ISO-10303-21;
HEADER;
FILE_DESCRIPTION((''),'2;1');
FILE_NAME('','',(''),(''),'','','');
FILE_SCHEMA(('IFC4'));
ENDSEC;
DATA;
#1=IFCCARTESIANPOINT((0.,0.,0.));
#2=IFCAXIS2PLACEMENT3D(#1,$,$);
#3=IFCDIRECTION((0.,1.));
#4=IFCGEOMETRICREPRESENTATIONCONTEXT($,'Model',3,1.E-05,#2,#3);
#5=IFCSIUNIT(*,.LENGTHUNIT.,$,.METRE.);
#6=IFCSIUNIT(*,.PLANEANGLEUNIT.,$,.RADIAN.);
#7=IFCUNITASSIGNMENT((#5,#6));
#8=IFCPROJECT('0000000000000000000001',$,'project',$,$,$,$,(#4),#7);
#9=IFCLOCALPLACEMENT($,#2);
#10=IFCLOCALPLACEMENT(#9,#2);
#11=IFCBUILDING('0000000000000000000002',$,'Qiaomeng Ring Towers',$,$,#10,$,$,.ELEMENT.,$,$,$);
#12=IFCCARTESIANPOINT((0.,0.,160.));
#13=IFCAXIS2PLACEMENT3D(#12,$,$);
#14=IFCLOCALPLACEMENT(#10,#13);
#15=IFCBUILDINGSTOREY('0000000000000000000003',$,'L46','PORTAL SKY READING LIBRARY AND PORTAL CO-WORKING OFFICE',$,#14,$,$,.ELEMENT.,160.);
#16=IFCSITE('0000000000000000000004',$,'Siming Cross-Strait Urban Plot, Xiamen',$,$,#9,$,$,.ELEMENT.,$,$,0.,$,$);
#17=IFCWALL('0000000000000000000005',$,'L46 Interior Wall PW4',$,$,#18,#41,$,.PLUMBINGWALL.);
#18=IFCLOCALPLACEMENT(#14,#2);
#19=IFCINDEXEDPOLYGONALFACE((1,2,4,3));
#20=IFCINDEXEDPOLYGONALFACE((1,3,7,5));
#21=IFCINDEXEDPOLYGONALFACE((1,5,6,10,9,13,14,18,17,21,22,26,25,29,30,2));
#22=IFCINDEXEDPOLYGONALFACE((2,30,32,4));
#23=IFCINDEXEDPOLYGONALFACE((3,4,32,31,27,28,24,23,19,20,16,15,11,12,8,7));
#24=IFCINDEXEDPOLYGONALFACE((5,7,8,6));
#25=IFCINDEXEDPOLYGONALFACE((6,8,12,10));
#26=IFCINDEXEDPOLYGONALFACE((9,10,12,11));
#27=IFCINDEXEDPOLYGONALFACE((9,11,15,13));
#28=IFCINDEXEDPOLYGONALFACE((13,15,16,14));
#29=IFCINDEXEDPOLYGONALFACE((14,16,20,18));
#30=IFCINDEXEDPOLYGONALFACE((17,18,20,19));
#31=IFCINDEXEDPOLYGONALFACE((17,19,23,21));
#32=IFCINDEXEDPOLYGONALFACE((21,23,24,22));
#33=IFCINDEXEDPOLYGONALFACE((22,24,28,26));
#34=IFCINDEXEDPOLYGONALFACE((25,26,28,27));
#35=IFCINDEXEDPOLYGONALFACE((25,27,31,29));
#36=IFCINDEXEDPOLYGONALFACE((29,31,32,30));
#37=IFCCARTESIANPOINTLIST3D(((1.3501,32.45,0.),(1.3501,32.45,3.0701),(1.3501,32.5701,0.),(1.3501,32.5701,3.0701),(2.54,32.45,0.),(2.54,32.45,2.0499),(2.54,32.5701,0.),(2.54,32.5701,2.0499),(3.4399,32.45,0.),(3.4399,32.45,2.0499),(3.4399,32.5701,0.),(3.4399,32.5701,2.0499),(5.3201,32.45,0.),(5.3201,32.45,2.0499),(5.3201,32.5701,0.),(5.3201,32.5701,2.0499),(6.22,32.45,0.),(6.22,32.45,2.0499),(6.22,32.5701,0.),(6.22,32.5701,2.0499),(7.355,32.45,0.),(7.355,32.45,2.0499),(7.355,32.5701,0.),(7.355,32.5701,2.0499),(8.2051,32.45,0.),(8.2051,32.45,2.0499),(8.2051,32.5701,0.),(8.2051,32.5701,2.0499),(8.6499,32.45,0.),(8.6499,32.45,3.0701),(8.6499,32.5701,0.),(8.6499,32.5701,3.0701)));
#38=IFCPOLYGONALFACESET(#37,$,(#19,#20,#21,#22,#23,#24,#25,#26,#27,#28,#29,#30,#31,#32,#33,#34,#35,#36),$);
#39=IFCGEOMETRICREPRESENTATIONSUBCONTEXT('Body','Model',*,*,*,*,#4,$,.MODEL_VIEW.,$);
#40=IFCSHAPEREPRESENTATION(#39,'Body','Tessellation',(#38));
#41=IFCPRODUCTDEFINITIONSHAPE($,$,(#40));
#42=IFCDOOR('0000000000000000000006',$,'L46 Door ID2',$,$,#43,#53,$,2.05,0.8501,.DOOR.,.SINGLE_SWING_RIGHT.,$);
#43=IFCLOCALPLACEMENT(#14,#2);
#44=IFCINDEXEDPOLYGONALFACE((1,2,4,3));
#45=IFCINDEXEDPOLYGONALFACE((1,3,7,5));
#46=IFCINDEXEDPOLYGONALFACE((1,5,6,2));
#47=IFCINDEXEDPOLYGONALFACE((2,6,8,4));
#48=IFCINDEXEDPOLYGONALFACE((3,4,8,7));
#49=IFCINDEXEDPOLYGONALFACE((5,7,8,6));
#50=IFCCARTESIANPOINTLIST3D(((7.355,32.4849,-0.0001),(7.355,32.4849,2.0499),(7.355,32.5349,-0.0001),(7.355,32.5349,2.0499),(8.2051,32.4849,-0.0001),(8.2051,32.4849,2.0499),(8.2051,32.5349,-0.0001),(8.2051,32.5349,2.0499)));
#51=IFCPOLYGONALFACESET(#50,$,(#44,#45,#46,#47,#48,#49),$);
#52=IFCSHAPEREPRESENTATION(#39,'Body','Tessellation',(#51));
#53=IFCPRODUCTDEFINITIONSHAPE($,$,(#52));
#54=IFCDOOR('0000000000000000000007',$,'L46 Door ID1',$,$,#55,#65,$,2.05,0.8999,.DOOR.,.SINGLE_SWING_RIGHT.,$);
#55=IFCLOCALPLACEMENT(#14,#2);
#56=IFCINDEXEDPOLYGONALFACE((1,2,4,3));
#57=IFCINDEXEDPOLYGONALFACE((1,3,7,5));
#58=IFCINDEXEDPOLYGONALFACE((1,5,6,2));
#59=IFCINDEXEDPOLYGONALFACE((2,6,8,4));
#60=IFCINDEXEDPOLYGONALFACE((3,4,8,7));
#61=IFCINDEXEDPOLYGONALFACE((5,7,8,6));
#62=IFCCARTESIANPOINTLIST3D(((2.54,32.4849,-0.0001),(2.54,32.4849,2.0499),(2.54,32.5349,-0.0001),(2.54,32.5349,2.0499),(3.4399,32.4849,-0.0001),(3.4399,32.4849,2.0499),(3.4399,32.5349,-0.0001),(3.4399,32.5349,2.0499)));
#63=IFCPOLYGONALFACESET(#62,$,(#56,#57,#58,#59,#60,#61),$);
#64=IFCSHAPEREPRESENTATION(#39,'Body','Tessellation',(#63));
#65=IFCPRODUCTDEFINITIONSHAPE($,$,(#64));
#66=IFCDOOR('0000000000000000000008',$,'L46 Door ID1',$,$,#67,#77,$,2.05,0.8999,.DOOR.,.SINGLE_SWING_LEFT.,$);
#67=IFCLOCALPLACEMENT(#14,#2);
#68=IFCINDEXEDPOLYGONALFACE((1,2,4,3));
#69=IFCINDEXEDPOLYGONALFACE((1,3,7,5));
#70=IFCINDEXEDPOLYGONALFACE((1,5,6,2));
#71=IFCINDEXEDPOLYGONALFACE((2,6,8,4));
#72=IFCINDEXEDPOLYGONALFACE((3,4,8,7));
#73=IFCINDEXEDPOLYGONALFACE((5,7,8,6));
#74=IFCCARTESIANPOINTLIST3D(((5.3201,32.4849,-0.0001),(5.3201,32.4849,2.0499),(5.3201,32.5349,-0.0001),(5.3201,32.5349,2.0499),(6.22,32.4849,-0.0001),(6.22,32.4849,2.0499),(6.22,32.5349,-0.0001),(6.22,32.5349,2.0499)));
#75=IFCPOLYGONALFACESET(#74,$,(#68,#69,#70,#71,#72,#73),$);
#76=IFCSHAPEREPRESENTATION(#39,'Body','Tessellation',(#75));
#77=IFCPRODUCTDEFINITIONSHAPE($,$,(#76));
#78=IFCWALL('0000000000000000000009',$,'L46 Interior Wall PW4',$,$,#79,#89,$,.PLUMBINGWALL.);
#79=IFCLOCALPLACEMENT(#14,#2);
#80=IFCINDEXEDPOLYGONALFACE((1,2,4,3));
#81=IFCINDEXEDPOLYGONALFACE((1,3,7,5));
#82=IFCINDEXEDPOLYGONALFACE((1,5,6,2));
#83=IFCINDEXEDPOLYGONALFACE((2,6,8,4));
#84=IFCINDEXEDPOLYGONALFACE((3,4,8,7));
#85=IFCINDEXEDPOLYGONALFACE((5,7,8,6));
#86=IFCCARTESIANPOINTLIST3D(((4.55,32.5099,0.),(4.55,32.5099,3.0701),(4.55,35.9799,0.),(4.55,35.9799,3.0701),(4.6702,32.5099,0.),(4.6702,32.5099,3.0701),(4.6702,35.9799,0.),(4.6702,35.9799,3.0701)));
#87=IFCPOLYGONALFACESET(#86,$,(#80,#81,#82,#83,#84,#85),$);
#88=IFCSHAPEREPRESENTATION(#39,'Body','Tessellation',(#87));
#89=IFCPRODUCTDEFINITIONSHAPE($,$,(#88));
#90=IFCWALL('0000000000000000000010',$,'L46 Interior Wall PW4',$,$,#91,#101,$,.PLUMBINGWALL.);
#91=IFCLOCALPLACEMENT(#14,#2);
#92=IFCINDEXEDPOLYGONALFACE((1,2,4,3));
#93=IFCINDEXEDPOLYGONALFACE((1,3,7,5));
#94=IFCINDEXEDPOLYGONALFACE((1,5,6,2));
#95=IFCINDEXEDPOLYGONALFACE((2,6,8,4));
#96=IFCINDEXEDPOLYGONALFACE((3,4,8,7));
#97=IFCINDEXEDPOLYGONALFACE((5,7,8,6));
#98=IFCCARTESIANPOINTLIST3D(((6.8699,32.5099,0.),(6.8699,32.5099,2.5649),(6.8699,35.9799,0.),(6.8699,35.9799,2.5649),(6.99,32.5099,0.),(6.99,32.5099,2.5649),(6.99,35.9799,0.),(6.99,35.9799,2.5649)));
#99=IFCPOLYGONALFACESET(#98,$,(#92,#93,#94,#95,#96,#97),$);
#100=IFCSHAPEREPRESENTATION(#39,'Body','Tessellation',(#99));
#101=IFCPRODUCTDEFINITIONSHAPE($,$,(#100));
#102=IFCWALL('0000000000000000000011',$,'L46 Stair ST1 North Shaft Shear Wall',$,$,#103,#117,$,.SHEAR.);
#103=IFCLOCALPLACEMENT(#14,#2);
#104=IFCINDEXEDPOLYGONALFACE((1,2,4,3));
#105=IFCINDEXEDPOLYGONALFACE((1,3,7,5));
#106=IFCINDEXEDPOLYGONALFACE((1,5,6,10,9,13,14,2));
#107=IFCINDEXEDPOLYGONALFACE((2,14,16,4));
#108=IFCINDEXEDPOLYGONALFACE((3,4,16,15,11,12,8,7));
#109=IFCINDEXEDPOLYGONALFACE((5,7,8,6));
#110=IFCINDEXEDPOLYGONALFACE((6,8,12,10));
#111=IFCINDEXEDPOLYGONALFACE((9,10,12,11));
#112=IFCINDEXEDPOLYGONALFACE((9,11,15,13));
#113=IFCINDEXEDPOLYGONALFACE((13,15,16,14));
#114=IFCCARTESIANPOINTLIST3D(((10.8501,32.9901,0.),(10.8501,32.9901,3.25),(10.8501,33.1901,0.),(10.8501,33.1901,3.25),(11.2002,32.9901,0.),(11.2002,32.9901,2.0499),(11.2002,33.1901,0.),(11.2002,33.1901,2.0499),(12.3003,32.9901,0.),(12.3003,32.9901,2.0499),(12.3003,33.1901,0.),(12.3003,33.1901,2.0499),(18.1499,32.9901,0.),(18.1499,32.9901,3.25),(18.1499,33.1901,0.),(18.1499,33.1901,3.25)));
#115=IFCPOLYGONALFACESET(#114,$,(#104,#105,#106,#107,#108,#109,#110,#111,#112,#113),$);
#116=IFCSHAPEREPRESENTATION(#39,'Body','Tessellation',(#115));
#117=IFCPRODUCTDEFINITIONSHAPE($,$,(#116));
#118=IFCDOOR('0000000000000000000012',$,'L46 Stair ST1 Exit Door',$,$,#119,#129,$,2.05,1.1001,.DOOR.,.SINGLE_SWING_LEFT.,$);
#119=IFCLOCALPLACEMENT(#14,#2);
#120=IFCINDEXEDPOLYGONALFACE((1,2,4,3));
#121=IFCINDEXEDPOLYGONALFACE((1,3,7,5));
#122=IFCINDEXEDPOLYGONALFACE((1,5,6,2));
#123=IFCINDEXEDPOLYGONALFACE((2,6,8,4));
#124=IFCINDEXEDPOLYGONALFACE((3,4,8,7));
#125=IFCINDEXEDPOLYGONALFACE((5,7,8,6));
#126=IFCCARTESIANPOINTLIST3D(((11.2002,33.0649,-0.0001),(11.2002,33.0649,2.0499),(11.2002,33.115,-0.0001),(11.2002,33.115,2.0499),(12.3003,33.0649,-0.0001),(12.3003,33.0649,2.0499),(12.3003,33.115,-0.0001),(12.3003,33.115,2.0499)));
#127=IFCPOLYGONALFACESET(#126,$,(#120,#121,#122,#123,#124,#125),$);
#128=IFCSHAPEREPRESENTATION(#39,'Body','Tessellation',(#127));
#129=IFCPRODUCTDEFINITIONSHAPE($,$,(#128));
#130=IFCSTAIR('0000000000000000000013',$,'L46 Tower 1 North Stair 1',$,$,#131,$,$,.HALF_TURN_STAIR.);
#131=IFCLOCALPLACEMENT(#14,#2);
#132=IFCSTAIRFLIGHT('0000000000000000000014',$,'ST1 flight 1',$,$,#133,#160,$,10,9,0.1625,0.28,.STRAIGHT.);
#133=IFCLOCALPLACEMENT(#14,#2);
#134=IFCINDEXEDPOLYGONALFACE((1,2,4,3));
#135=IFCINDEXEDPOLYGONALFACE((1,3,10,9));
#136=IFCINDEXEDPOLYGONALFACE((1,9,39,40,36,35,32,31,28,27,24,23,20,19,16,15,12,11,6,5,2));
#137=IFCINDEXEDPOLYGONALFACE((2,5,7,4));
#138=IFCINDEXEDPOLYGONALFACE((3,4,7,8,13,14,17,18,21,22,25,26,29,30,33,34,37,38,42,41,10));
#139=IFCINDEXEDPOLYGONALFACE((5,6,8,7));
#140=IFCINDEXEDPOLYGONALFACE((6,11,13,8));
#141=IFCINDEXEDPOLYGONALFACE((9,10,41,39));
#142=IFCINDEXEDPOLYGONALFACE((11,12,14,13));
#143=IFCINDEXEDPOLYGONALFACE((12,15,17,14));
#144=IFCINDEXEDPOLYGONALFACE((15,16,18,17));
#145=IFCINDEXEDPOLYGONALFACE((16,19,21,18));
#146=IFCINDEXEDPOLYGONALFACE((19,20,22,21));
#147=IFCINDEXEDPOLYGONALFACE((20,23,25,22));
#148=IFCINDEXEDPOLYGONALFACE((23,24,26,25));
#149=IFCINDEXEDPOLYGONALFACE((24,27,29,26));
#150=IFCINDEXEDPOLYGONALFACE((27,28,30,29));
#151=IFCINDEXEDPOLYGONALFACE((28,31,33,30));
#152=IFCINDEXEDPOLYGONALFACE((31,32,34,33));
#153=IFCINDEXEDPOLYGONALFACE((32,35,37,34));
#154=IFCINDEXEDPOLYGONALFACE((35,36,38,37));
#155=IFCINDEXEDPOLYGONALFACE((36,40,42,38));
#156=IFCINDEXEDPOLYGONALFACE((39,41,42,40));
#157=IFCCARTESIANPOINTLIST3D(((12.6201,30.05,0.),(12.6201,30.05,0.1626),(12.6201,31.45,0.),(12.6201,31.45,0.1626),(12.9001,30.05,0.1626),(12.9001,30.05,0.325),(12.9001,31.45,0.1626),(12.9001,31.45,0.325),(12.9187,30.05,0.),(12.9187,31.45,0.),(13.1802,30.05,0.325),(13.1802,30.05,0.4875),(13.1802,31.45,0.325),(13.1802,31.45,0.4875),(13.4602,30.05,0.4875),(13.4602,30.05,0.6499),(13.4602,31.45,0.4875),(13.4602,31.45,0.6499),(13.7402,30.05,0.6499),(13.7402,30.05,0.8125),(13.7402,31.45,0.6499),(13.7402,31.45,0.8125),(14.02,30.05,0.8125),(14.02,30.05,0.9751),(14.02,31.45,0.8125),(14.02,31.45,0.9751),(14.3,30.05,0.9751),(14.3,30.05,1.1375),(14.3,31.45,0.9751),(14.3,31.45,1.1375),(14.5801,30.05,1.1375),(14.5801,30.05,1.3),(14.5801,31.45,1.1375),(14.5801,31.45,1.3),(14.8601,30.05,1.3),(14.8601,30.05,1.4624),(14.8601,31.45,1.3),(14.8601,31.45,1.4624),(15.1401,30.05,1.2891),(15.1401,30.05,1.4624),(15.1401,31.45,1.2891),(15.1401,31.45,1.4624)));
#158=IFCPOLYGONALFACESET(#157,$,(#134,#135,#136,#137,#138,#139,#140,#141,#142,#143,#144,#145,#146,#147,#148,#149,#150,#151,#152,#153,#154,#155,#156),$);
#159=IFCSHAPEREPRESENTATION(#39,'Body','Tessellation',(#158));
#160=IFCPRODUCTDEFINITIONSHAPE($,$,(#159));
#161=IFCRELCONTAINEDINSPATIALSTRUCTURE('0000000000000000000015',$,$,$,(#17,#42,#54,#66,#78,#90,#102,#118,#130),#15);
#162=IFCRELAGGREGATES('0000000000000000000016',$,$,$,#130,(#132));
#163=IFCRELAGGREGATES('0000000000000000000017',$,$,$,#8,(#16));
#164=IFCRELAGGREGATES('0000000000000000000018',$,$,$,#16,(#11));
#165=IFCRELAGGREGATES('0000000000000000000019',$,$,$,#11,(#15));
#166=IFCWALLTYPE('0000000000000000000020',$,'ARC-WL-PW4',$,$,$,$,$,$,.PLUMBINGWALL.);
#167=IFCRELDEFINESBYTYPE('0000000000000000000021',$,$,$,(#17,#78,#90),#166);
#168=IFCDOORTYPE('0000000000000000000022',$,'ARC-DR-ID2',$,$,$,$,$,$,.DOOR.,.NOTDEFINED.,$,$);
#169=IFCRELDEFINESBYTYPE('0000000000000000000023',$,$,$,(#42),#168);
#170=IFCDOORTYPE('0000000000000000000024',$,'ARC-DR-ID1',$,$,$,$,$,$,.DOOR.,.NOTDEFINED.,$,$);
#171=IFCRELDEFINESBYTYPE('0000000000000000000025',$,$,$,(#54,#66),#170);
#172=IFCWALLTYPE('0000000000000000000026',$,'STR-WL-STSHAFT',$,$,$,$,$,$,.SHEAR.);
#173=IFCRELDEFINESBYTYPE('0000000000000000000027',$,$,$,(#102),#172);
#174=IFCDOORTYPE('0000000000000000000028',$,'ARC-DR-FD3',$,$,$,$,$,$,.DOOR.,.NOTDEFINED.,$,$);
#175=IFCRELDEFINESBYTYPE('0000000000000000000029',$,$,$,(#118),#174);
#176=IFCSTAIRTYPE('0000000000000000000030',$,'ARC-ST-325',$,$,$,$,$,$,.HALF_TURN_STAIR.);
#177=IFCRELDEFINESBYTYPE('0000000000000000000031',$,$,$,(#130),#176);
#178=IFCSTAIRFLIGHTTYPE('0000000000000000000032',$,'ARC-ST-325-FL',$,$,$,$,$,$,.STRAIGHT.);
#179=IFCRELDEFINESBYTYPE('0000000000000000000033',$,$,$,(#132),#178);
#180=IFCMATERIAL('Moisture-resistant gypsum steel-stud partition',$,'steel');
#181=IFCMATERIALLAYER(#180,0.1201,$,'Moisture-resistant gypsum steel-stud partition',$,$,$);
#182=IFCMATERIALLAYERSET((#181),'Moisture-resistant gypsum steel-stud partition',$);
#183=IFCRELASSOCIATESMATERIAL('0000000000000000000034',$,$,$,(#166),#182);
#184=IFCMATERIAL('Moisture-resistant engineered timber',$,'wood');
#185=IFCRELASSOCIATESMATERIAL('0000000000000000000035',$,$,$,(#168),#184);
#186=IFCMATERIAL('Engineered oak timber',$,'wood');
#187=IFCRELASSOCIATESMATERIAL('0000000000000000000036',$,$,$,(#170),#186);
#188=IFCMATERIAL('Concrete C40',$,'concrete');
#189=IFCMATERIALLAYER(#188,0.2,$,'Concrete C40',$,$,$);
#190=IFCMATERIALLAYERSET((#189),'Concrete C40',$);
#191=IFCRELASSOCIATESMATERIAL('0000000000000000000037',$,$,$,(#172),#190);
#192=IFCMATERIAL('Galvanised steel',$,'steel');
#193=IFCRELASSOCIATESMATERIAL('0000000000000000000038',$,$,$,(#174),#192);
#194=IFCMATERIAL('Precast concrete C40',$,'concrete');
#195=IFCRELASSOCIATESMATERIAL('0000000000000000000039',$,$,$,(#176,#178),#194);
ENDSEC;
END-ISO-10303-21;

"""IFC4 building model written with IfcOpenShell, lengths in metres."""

from ifc_helpers import new_model, si_unit, direction, frame, frame_2d, origin, place, context, subcontext, project, spatial, polyline, rectangle, outline, extrude, source, transform, mapped, material, layer, layer_set, type_object, element, fill, aggregate, save


model = new_model("IFC4")

# Units and contexts
model_context = context("Model", 3, precision=1e-05, world=origin(), true_north=direction((0.0, 1.0)))
body_context = subcontext(model_context, "Body", "Model", "MODEL_VIEW")
ifc_project = project(units=[si_unit("LENGTHUNIT", "METRE"), si_unit("PLANEANGLEUNIT", "RADIAN")], contexts=[model_context])

# Site, building, storey
site_placement = place(None, origin())
site = spatial("IfcSite", under=ifc_project, at=site_placement, Name="Siming Cross-Strait Urban Plot, Xiamen", CompositionType="ELEMENT", RefElevation=0.0)
building_placement = place(site_placement, origin())
building = spatial("IfcBuilding", under=site, at=building_placement, Name="Qiaomeng Ring Towers", CompositionType="ELEMENT")
storey_placement = place(building_placement, frame((0.0, 0.0, 160.0)))
storey = spatial("IfcBuildingStorey", under=building, at=storey_placement, Name="L46", Description="PORTAL SKY READING LIBRARY AND PORTAL CO-WORKING OFFICE", CompositionType="ELEMENT", Elevation=160.0)

# Wall, openings, doors
ifc_material_1 = material(Name="Moisture-resistant gypsum steel-stud partition", Category="steel")
ifc_layer_1 = layer(ifc_material_1, 0.1201, Name="Moisture-resistant gypsum steel-stud partition")
ifc_layer_set_1 = layer_set([ifc_layer_1], Name="Moisture-resistant gypsum steel-stud partition")
wall_type_1 = type_object("IfcWallType", Name="ARC-WL-PW4", PredefinedType="PLUMBINGWALL", material=ifc_layer_set_1)
wall_1_placement = place(storey_placement, frame((1.3501, 32.51, 0.0), z_axis=(0.0, 0.0, 1.0), x_axis=(1.0, 0.0, 0.0)))
wall_1 = element("IfcWall", 1, at=wall_1_placement, inside=storey, type_object=wall_type_1, Name="L46 Interior Wall PW4", PredefinedType="PLUMBINGWALL", context=body_context, shape_type="SweptSolid", body=[
    extrude(rectangle(XDim=7.2998, YDim=0.1201, at=frame_2d((3.6499, 0.0))), origin(), (0.0, 0.0, 1.0), 3.0701),
])
opening_1_placement = place(wall_1_placement, frame((1.1899, 0.0, 0.0)))
opening_1 = element("IfcOpeningElement", 2, at=opening_1_placement, cuts=wall_1, PredefinedType="OPENING", context=body_context, shape_type="SweptSolid", body=[
    extrude(rectangle(XDim=0.8999, YDim=2.05, at=frame_2d((0.45, 1.0249))), frame((0.0, 0.0701, 0.0), z_axis=(0.0, -1.0, 0.0), x_axis=(1.0, 0.0, 0.0)), (0.0, 0.0, 1.0), 0.1401),
])
opening_2_placement = place(wall_1_placement, frame((3.97, 0.0, 0.0)))
opening_2 = element("IfcOpeningElement", 3, at=opening_2_placement, cuts=wall_1, PredefinedType="OPENING", context=body_context, shape_type="SweptSolid", body=[
    extrude(rectangle(XDim=0.8999, YDim=2.05, at=frame_2d((0.45, 1.0249))), frame((0.0, 0.0701, 0.0), z_axis=(0.0, -1.0, 0.0), x_axis=(1.0, 0.0, 0.0)), (0.0, 0.0, 1.0), 0.1401),
])
opening_3_placement = place(wall_1_placement, frame((6.0049, 0.0, 0.0)))
opening_3 = element("IfcOpeningElement", 4, at=opening_3_placement, cuts=wall_1, PredefinedType="OPENING", context=body_context, shape_type="SweptSolid", body=[
    extrude(rectangle(XDim=0.8501, YDim=2.05, at=frame_2d((0.425, 1.0249))), frame((0.0, 0.0701, 0.0), z_axis=(0.0, -1.0, 0.0), x_axis=(1.0, 0.0, 0.0)), (0.0, 0.0, 1.0), 0.1401),
])
ifc_material_2 = material(Name="Moisture-resistant engineered timber", Category="wood")
door_type_1 = type_object("IfcDoorType", Name="ARC-DR-ID2", OperationType="NOTDEFINED", PredefinedType="DOOR", material=ifc_material_2)
shared_shape_1 = source(origin(), body_context, "Body", "SweptSolid", [
    extrude(rectangle(XDim=0.8501, YDim=2.05, at=frame_2d((0.425, 1.0249))), frame((0.0, 0.0249, 0.0), z_axis=(0.0, -1.0, 0.0), x_axis=(1.0, 0.0, 0.0)), (0.0, 0.0, 1.0), 0.05),
])
door_1_placement = place(opening_3_placement, origin())
door_1 = element("IfcDoor", 5, at=door_1_placement, inside=storey, type_object=door_type_1, Name="L46 Door ID2", OperationType="SINGLE_SWING_RIGHT", OverallHeight=2.05, OverallWidth=0.8501, PredefinedType="DOOR", context=body_context, shape_type="MappedRepresentation", body=[
    mapped(shared_shape_1, transform((0.0, 0.0, 0.0), x_axis=(1.0, 0.0, 0.0), y_axis=(0.0, 1.0, 0.0), z_axis=(0.0, 0.0, 1.0), scale=1.0)),
])
fill(opening_3, door_1)
ifc_material_3 = material(Name="Engineered oak timber", Category="wood")
door_type_2 = type_object("IfcDoorType", Name="ARC-DR-ID1", OperationType="NOTDEFINED", PredefinedType="DOOR", material=ifc_material_3)
shared_shape_2 = source(origin(), body_context, "Body", "SweptSolid", [
    extrude(rectangle(XDim=0.8999, YDim=2.05, at=frame_2d((0.45, 1.0249))), frame((0.0, 0.0249, 0.0), z_axis=(0.0, -1.0, 0.0), x_axis=(1.0, 0.0, 0.0)), (0.0, 0.0, 1.0), 0.05),
])
door_2_placement = place(opening_1_placement, origin())
door_2 = element("IfcDoor", 6, at=door_2_placement, inside=storey, type_object=door_type_2, Name="L46 Door ID1", OperationType="SINGLE_SWING_RIGHT", OverallHeight=2.05, OverallWidth=0.8999, PredefinedType="DOOR", context=body_context, shape_type="MappedRepresentation", body=[
    mapped(shared_shape_2, transform((0.0, 0.0, 0.0), x_axis=(1.0, 0.0, 0.0), y_axis=(0.0, 1.0, 0.0), z_axis=(0.0, 0.0, 1.0), scale=1.0)),
])
fill(opening_1, door_2)
door_3_placement = place(opening_2_placement, origin())
door_3 = element("IfcDoor", 7, at=door_3_placement, inside=storey, type_object=door_type_2, Name="L46 Door ID1", OperationType="SINGLE_SWING_LEFT", OverallHeight=2.05, OverallWidth=0.8999, PredefinedType="DOOR", context=body_context, shape_type="MappedRepresentation", body=[
    mapped(shared_shape_2, transform((0.0, 0.0, 0.0), x_axis=(1.0, 0.0, 0.0), y_axis=(0.0, 1.0, 0.0), z_axis=(0.0, 0.0, 1.0), scale=1.0)),
])
fill(opening_2, door_3)

# Walls
wall_2_placement = place(storey_placement, frame((4.6101, 32.51, 0.0), z_axis=(0.0, 0.0, 1.0), x_axis=(0.0, 1.0, 0.0)))
element("IfcWall", 8, at=wall_2_placement, inside=storey, type_object=wall_type_1, Name="L46 Interior Wall PW4", PredefinedType="PLUMBINGWALL", context=body_context, shape_type="SweptSolid", body=[
    extrude(rectangle(XDim=3.47, YDim=0.1201, at=frame_2d((1.7349, 0.0))), origin(), (0.0, 0.0, 1.0), 3.0701),
])
wall_3_placement = place(storey_placement, frame((6.9299, 32.51, 0.0), z_axis=(0.0, 0.0, 1.0), x_axis=(0.0, 1.0, 0.0)))
element("IfcWall", 9, at=wall_3_placement, inside=storey, type_object=wall_type_1, Name="L46 Interior Wall PW4", PredefinedType="PLUMBINGWALL", context=body_context, shape_type="SweptSolid", body=[
    extrude(rectangle(XDim=3.47, YDim=0.1201, at=frame_2d((1.7349, 0.0))), origin(), (0.0, 0.0, 1.0), 2.5649),
])

# Wall, opening, door
ifc_material_4 = material(Name="Concrete C40", Category="concrete")
ifc_layer_2 = layer(ifc_material_4, 0.2, Name="Concrete C40")
ifc_layer_set_2 = layer_set([ifc_layer_2], Name="Concrete C40")
wall_type_2 = type_object("IfcWallType", Name="STR-WL-STSHAFT", PredefinedType="SHEAR", material=ifc_layer_set_2)
wall_4_placement = place(storey_placement, frame((10.8501, 33.0901, 0.0), z_axis=(0.0, 0.0, 1.0), x_axis=(1.0, 0.0, 0.0)))
wall_4 = element("IfcWall", 10, at=wall_4_placement, inside=storey, type_object=wall_type_2, Name="L46 Stair ST1 North Shaft Shear Wall", PredefinedType="SHEAR", context=body_context, shape_type="SweptSolid", body=[
    extrude(rectangle(XDim=7.2998, YDim=0.2, at=frame_2d((3.6499, 0.0))), origin(), (0.0, 0.0, 1.0), 3.25),
])
opening_4_placement = place(wall_4_placement, frame((0.3501, 0.0, 0.0)))
opening_4 = element("IfcOpeningElement", 11, at=opening_4_placement, cuts=wall_4, PredefinedType="OPENING", context=body_context, shape_type="SweptSolid", body=[
    extrude(rectangle(XDim=1.1001, YDim=2.05, at=frame_2d((0.55, 1.0249))), frame((0.0, 0.1099, 0.0), z_axis=(0.0, -1.0, 0.0), x_axis=(1.0, 0.0, 0.0)), (0.0, 0.0, 1.0), 0.22),
])
ifc_material_5 = material(Name="Galvanised steel", Category="steel")
door_type_3 = type_object("IfcDoorType", Name="ARC-DR-FD3", OperationType="NOTDEFINED", PredefinedType="DOOR", material=ifc_material_5)
shared_shape_3 = source(origin(), body_context, "Body", "SweptSolid", [
    extrude(rectangle(XDim=1.1001, YDim=2.05, at=frame_2d((0.55, 1.0249))), frame((0.0, 0.0249, 0.0), z_axis=(0.0, -1.0, 0.0), x_axis=(1.0, 0.0, 0.0)), (0.0, 0.0, 1.0), 0.05),
])
door_4_placement = place(opening_4_placement, origin())
door_4 = element("IfcDoor", 12, at=door_4_placement, inside=storey, type_object=door_type_3, Name="L46 Stair ST1 Exit Door", OperationType="SINGLE_SWING_LEFT", OverallHeight=2.05, OverallWidth=1.1001, PredefinedType="DOOR", context=body_context, shape_type="MappedRepresentation", body=[
    mapped(shared_shape_3, transform((0.0, 0.0, 0.0), x_axis=(1.0, 0.0, 0.0), y_axis=(0.0, 1.0, 0.0), z_axis=(0.0, 0.0, 1.0), scale=1.0)),
])
fill(opening_4, door_4)

# Stair, stair flight
ifc_material_6 = material(Name="Precast concrete C40", Category="concrete")
stair_type = type_object("IfcStairType", Name="ARC-ST-325", PredefinedType="HALF_TURN_STAIR", material=ifc_material_6)
stair_placement = place(storey_placement, origin())
stair = element("IfcStair", 13, at=stair_placement, inside=storey, type_object=stair_type, Name="L46 Tower 1 North Stair 1", PredefinedType="HALF_TURN_STAIR")
stair_flight_type = type_object("IfcStairFlightType", Name="ARC-ST-325-FL", PredefinedType="STRAIGHT", material=ifc_material_6)
shared_shape_4 = source(origin(), body_context, "Body", "SweptSolid", [
    extrude(outline(polyline([(0.0, 0.0), (0.0, 0.1626), (0.28, 0.1626), (0.28, 0.325), (0.5601, 0.325), (0.5601, 0.4875), (0.8401, 0.4875), (0.8401, 0.6499), (1.1201, 0.6499), (1.1201, 0.8125), (1.3999, 0.8125), (1.3999, 0.9751), (1.6799, 0.9751), (1.6799, 1.1375), (1.96, 1.1375), (1.96, 1.3), (2.24, 1.3), (2.24, 1.4624), (2.52, 1.4624), (2.52, 1.625), (2.52, 1.2891), (0.2986, 0.0), (0.0, 0.0)])), frame((0.0, 0.7, 0.0), z_axis=(0.0, -1.0, 0.0), x_axis=(1.0, 0.0, 0.0)), (0.0, 0.0, 1.0), 1.3999),
])
stair_flight_1_placement = place(storey_placement, frame((12.6201, 30.75, 0.0), z_axis=(0.0, 0.0, 1.0), x_axis=(1.0, 0.0, 0.0)))
stair_flight_1 = element("IfcStairFlight", 14, at=stair_flight_1_placement, type_object=stair_flight_type, Name="ST1 flight 1", NumberOfRisers=10, NumberOfTreads=9, PredefinedType="STRAIGHT", RiserHeight=0.1625, TreadLength=0.28, context=body_context, shape_type="MappedRepresentation", body=[
    mapped(shared_shape_4, transform((0.0, 0.0, 0.0), x_axis=(1.0, 0.0, 0.0), y_axis=(0.0, 1.0, 0.0), z_axis=(0.0, 0.0, 1.0), scale=1.0)),
])
aggregate(stair, [stair_flight_1])

save(model, "model.ifc")
